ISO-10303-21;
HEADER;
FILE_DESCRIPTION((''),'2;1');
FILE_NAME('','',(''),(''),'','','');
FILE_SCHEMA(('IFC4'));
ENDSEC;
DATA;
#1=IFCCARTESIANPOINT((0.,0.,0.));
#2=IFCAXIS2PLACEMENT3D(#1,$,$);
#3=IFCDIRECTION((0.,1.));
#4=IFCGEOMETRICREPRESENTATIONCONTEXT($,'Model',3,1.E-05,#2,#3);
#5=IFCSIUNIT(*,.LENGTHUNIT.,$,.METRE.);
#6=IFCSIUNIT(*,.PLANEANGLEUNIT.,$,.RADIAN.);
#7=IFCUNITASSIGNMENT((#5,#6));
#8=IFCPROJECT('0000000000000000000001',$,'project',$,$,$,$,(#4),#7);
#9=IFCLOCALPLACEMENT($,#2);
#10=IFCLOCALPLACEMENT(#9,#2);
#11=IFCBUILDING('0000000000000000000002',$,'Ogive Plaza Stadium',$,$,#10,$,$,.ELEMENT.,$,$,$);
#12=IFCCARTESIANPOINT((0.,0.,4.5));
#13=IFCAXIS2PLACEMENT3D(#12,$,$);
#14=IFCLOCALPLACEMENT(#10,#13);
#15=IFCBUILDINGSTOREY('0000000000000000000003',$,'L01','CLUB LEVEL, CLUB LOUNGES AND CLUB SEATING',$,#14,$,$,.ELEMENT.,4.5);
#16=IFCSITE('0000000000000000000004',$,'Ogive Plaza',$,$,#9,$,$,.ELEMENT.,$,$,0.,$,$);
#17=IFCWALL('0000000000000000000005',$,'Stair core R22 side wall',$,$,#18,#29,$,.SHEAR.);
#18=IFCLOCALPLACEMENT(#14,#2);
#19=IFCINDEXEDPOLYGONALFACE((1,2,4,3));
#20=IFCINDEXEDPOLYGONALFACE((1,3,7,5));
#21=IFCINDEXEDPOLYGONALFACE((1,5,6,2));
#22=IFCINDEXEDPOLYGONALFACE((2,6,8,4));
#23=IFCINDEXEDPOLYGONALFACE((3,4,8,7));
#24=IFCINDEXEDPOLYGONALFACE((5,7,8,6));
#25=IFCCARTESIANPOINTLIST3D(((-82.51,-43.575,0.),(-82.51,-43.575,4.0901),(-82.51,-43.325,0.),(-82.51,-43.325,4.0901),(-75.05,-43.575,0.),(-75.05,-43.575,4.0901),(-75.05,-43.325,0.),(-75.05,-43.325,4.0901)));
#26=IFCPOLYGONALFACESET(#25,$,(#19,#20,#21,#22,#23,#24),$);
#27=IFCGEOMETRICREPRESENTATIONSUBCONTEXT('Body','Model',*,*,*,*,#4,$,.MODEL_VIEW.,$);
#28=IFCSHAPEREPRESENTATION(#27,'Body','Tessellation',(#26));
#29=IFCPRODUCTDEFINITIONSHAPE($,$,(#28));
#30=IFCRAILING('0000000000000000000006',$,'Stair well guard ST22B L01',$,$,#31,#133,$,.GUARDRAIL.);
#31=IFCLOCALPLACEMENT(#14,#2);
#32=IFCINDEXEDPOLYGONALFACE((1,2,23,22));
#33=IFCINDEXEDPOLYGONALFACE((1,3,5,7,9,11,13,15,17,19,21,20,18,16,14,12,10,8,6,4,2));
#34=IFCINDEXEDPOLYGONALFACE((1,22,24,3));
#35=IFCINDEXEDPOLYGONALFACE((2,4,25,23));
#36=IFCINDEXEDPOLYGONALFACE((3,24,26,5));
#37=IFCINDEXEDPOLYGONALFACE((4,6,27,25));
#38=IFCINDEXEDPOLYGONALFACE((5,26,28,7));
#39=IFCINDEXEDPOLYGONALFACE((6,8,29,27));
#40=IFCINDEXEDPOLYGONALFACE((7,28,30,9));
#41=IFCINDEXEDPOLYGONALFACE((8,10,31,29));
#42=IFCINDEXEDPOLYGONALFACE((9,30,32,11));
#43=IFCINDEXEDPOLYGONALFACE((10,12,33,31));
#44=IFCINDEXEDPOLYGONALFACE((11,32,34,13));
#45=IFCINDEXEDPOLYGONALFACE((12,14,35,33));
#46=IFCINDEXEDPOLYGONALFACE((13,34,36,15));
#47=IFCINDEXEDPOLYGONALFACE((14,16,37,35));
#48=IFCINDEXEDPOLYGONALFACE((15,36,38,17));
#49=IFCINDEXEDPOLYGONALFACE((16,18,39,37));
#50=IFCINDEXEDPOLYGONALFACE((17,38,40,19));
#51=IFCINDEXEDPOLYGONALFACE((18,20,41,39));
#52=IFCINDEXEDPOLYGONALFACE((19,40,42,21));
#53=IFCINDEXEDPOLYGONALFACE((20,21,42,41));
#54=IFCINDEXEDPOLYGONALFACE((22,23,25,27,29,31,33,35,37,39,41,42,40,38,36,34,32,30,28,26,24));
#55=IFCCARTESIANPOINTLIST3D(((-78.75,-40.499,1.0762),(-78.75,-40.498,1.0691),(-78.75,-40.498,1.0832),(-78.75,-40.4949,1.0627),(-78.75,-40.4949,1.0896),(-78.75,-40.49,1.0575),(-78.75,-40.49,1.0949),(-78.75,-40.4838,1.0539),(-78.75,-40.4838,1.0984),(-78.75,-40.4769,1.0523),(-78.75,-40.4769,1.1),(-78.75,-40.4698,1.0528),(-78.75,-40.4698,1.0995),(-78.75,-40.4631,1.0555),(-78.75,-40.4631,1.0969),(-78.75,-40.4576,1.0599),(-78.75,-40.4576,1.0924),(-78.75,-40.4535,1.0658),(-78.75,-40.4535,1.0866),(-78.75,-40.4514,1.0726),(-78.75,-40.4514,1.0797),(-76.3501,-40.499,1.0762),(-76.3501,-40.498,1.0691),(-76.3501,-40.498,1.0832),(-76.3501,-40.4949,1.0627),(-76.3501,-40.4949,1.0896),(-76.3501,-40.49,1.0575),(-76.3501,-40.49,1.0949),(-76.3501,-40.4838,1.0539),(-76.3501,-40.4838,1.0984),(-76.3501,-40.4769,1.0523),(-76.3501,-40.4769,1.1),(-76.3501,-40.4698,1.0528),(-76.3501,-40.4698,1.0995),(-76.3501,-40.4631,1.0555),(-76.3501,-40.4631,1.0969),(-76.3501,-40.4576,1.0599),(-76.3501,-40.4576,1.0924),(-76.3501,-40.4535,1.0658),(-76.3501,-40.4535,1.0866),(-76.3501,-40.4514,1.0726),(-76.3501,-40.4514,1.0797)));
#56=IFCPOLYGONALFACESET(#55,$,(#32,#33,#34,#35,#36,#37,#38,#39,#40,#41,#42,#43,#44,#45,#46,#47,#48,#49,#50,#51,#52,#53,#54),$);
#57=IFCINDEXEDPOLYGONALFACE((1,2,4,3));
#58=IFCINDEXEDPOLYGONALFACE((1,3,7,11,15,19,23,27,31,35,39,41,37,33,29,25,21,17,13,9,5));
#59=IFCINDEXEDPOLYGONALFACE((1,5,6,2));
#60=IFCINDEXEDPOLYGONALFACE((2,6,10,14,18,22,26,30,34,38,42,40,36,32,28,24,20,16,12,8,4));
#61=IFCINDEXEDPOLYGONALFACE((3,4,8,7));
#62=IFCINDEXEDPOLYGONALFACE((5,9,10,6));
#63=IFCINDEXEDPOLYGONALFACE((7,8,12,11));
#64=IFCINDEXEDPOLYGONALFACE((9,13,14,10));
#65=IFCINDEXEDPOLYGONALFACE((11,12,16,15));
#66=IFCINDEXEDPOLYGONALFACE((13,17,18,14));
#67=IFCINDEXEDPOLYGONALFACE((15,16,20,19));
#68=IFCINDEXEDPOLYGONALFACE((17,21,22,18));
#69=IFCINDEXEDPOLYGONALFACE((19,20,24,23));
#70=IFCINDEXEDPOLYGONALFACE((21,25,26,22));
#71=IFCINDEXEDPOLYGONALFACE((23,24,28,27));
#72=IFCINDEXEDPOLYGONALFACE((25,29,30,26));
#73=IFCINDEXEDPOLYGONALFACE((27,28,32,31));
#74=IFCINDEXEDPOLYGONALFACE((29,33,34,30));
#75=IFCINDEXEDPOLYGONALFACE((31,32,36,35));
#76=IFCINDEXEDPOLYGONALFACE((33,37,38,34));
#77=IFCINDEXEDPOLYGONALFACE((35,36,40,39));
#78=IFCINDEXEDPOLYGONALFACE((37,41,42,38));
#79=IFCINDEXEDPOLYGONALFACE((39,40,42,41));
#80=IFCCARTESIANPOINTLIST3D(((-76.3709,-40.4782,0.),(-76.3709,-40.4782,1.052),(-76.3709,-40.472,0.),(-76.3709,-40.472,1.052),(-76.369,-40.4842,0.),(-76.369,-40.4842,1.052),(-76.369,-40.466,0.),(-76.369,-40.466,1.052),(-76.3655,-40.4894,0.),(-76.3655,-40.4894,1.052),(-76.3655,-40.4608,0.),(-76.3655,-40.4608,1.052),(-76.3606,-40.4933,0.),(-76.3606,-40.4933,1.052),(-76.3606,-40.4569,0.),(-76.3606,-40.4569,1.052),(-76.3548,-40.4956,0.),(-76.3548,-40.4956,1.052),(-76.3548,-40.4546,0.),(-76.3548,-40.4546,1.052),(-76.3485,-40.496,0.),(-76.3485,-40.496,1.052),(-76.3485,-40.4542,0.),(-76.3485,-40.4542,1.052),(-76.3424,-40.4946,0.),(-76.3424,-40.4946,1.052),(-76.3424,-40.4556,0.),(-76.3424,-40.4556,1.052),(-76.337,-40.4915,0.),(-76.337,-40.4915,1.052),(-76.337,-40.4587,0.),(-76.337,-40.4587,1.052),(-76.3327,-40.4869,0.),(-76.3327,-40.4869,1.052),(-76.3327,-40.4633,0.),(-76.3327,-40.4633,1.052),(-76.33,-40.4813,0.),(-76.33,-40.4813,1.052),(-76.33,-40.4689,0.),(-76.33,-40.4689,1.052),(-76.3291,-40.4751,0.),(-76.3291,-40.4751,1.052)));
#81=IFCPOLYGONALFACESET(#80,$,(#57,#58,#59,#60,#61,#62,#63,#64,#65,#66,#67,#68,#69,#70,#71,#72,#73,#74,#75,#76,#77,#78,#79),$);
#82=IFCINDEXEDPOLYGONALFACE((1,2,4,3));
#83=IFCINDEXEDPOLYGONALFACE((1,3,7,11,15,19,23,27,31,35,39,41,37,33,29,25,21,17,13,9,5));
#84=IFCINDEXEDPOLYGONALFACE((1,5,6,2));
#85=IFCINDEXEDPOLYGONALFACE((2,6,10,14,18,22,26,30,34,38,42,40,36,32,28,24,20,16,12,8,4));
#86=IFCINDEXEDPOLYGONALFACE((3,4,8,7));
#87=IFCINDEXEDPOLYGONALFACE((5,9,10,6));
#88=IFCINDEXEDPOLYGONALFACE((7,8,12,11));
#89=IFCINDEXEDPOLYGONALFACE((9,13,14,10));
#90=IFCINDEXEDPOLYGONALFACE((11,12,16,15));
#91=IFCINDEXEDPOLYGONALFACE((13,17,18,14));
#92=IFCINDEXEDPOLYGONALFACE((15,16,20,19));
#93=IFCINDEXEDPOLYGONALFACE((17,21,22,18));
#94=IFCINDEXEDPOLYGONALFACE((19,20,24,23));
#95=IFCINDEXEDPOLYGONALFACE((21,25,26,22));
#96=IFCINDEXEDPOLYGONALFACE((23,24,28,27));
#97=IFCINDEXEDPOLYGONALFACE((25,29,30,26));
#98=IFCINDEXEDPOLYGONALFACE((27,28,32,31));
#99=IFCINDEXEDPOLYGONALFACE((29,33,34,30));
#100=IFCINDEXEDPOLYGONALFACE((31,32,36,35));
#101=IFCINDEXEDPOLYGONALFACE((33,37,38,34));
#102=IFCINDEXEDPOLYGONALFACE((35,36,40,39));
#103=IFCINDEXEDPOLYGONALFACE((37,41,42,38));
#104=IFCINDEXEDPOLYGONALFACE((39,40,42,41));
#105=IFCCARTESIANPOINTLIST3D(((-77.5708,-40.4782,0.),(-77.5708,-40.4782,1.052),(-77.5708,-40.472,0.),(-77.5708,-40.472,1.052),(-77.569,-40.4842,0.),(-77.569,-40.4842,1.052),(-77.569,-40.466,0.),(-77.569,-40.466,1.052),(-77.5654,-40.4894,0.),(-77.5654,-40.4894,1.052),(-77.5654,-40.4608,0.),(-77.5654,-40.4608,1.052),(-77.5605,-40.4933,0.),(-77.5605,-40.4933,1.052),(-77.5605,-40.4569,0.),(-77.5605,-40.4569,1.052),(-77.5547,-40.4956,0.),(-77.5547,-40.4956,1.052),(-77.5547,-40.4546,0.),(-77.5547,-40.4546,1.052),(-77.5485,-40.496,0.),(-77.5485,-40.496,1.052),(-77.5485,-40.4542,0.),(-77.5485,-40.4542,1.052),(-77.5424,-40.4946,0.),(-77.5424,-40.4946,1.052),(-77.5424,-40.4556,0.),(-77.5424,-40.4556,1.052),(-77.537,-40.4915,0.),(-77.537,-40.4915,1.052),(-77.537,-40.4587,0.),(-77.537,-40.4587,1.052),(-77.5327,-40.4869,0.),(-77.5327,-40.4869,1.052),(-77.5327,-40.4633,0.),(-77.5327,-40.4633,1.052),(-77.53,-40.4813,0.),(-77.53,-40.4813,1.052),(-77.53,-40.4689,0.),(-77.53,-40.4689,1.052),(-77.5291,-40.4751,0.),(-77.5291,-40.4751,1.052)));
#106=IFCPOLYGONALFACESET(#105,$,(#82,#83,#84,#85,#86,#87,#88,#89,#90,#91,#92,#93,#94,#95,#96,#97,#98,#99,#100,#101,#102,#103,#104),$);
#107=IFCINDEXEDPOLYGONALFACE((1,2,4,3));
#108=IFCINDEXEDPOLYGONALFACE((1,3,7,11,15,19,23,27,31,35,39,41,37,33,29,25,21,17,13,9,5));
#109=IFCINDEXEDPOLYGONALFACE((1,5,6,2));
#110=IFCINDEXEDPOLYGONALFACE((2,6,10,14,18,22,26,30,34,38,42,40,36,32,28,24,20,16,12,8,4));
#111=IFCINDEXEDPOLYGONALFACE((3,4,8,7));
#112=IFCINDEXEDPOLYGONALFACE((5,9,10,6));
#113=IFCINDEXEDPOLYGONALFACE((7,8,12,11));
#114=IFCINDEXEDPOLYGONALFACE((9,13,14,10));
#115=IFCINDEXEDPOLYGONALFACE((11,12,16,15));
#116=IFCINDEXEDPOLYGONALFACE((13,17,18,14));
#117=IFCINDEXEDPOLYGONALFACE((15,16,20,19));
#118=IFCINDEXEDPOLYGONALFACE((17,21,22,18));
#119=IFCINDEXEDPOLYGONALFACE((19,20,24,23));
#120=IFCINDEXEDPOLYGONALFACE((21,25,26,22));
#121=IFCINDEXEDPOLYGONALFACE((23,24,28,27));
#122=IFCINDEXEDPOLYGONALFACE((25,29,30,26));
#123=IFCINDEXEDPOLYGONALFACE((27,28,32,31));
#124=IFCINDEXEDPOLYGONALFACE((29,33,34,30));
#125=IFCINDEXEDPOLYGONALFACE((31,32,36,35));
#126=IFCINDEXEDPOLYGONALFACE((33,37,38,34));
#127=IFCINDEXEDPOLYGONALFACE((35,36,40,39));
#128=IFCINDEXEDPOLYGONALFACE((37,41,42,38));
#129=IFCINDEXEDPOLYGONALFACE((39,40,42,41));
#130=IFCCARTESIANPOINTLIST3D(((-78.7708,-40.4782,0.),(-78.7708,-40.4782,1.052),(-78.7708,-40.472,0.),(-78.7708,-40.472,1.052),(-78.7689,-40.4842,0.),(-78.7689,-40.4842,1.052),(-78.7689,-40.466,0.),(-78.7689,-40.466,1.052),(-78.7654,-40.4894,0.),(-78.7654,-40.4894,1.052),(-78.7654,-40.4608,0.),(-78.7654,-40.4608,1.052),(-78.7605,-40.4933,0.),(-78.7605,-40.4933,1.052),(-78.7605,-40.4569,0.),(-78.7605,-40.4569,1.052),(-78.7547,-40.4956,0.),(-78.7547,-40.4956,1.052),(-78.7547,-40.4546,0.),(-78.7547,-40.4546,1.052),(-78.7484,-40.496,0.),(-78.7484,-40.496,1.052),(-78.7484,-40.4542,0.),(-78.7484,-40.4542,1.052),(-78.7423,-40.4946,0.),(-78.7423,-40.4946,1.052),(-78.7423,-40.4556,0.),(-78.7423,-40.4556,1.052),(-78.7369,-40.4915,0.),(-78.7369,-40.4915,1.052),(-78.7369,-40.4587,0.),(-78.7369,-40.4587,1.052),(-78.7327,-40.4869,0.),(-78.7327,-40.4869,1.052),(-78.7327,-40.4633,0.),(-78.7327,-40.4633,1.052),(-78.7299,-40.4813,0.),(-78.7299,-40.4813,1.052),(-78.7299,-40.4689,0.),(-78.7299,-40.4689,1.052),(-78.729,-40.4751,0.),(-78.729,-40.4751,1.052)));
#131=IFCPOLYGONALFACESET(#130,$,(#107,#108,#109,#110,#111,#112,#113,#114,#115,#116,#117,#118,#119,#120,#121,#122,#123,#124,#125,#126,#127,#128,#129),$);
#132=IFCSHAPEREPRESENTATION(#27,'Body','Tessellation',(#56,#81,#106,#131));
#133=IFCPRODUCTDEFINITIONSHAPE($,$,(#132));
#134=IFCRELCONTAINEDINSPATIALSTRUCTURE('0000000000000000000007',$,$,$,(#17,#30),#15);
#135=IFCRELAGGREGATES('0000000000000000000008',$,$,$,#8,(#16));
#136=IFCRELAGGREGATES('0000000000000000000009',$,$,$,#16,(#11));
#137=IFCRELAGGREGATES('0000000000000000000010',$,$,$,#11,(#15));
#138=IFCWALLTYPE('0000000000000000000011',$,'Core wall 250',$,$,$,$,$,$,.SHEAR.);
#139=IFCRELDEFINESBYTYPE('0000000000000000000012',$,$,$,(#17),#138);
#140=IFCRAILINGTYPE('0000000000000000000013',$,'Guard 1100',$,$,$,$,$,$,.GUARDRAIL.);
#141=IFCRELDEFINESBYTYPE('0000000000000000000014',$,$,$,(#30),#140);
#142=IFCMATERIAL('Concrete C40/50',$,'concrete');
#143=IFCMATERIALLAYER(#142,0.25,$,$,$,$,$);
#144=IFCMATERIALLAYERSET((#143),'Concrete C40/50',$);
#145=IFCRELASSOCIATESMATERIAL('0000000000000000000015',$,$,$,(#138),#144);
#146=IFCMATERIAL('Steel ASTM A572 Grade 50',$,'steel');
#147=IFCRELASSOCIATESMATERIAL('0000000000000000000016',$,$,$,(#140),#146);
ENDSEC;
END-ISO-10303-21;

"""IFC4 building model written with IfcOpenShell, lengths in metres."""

from ifc_helpers import new_model, si_unit, direction, frame, frame_2d, origin, origin_2d, place, context, subcontext, project, spatial, rectangle, circle, extrude, material, layer, layer_set, type_object, element, save


model = new_model("IFC4")

# Units and contexts
model_context = context("Model", 3, precision=1e-05, world=origin(), true_north=direction((0.0, 1.0)))
body_context = subcontext(model_context, "Body", "Model", "MODEL_VIEW")
ifc_project = project(units=[si_unit("LENGTHUNIT", "METRE"), si_unit("PLANEANGLEUNIT", "RADIAN")], contexts=[model_context])

# Site, building, storey
site_placement = place(None, origin())
site = spatial("IfcSite", under=ifc_project, at=site_placement, Name="Ogive Plaza", CompositionType="ELEMENT", RefElevation=0.0)
building_placement = place(site_placement, origin())
building = spatial("IfcBuilding", under=site, at=building_placement, Name="Ogive Plaza Stadium", CompositionType="ELEMENT")
storey_placement = place(building_placement, frame((0.0, 0.0, 4.5)))
storey = spatial("IfcBuildingStorey", under=building, at=storey_placement, Name="L01", Description="CLUB LEVEL, CLUB LOUNGES AND CLUB SEATING", CompositionType="ELEMENT", Elevation=4.5)

# Wall
ifc_material_1 = material(Name="Concrete C40/50", Category="concrete")
ifc_layer = layer(ifc_material_1, 0.25)
ifc_layer_set = layer_set([ifc_layer], Name="Concrete C40/50")
wall_type = type_object("IfcWallType", Name="Core wall 250", PredefinedType="SHEAR", material=ifc_layer_set)
wall_placement = place(storey_placement, frame((-75.05, -43.45, 0.0), z_axis=(0.0, 0.0, 1.0), x_axis=(-1.0, 0.0, 0.0)))
element("IfcWall", 1, at=wall_placement, inside=storey, type_object=wall_type, Name="Stair core R22 side wall", PredefinedType="SHEAR", context=body_context, shape_type="SweptSolid", body=[
    extrude(rectangle(XDim=7.46, YDim=0.25, at=frame_2d((3.73, 0.0))), origin(), (0.0, 0.0, 1.0), 4.0901),
])

# Railing
ifc_material_2 = material(Name="Steel ASTM A572 Grade 50", Category="steel")
railing_type_1 = type_object("IfcRailingType", Name="Guard 1100", PredefinedType="GUARDRAIL", material=ifc_material_2)
for number, where, name in (
    (2, (-76.3501, -40.4751, 0.0), "Stair well guard ST22B L01"),
):
    element("IfcRailing", number, at=place(storey_placement, frame(where)), inside=storey, type_object=railing_type_1, Name=name, PredefinedType="GUARDRAIL", context=body_context, shape_type="SweptSolid", body=[
        extrude(circle(Radius=0.0239, at=origin_2d()), frame((0.0, 0.0, 1.0762), z_axis=(-1.0, 0.0, 0.0), x_axis=(0.0, -1.0, 0.0)), (0.0, 0.0, 1.0), 2.3999),
        extrude(circle(Radius=0.021, at=origin_2d()), origin(), (0.0, 0.0, 1.0), 1.052),
        extrude(circle(Radius=0.021, at=origin_2d()), frame((-1.2, 0.0, 0.0)), (0.0, 0.0, 1.0), 1.052),
        extrude(circle(Radius=0.021, at=origin_2d()), frame((-2.3999, 0.0, 0.0)), (0.0, 0.0, 1.0), 1.052),
    ])

save(model, "model.ifc")
